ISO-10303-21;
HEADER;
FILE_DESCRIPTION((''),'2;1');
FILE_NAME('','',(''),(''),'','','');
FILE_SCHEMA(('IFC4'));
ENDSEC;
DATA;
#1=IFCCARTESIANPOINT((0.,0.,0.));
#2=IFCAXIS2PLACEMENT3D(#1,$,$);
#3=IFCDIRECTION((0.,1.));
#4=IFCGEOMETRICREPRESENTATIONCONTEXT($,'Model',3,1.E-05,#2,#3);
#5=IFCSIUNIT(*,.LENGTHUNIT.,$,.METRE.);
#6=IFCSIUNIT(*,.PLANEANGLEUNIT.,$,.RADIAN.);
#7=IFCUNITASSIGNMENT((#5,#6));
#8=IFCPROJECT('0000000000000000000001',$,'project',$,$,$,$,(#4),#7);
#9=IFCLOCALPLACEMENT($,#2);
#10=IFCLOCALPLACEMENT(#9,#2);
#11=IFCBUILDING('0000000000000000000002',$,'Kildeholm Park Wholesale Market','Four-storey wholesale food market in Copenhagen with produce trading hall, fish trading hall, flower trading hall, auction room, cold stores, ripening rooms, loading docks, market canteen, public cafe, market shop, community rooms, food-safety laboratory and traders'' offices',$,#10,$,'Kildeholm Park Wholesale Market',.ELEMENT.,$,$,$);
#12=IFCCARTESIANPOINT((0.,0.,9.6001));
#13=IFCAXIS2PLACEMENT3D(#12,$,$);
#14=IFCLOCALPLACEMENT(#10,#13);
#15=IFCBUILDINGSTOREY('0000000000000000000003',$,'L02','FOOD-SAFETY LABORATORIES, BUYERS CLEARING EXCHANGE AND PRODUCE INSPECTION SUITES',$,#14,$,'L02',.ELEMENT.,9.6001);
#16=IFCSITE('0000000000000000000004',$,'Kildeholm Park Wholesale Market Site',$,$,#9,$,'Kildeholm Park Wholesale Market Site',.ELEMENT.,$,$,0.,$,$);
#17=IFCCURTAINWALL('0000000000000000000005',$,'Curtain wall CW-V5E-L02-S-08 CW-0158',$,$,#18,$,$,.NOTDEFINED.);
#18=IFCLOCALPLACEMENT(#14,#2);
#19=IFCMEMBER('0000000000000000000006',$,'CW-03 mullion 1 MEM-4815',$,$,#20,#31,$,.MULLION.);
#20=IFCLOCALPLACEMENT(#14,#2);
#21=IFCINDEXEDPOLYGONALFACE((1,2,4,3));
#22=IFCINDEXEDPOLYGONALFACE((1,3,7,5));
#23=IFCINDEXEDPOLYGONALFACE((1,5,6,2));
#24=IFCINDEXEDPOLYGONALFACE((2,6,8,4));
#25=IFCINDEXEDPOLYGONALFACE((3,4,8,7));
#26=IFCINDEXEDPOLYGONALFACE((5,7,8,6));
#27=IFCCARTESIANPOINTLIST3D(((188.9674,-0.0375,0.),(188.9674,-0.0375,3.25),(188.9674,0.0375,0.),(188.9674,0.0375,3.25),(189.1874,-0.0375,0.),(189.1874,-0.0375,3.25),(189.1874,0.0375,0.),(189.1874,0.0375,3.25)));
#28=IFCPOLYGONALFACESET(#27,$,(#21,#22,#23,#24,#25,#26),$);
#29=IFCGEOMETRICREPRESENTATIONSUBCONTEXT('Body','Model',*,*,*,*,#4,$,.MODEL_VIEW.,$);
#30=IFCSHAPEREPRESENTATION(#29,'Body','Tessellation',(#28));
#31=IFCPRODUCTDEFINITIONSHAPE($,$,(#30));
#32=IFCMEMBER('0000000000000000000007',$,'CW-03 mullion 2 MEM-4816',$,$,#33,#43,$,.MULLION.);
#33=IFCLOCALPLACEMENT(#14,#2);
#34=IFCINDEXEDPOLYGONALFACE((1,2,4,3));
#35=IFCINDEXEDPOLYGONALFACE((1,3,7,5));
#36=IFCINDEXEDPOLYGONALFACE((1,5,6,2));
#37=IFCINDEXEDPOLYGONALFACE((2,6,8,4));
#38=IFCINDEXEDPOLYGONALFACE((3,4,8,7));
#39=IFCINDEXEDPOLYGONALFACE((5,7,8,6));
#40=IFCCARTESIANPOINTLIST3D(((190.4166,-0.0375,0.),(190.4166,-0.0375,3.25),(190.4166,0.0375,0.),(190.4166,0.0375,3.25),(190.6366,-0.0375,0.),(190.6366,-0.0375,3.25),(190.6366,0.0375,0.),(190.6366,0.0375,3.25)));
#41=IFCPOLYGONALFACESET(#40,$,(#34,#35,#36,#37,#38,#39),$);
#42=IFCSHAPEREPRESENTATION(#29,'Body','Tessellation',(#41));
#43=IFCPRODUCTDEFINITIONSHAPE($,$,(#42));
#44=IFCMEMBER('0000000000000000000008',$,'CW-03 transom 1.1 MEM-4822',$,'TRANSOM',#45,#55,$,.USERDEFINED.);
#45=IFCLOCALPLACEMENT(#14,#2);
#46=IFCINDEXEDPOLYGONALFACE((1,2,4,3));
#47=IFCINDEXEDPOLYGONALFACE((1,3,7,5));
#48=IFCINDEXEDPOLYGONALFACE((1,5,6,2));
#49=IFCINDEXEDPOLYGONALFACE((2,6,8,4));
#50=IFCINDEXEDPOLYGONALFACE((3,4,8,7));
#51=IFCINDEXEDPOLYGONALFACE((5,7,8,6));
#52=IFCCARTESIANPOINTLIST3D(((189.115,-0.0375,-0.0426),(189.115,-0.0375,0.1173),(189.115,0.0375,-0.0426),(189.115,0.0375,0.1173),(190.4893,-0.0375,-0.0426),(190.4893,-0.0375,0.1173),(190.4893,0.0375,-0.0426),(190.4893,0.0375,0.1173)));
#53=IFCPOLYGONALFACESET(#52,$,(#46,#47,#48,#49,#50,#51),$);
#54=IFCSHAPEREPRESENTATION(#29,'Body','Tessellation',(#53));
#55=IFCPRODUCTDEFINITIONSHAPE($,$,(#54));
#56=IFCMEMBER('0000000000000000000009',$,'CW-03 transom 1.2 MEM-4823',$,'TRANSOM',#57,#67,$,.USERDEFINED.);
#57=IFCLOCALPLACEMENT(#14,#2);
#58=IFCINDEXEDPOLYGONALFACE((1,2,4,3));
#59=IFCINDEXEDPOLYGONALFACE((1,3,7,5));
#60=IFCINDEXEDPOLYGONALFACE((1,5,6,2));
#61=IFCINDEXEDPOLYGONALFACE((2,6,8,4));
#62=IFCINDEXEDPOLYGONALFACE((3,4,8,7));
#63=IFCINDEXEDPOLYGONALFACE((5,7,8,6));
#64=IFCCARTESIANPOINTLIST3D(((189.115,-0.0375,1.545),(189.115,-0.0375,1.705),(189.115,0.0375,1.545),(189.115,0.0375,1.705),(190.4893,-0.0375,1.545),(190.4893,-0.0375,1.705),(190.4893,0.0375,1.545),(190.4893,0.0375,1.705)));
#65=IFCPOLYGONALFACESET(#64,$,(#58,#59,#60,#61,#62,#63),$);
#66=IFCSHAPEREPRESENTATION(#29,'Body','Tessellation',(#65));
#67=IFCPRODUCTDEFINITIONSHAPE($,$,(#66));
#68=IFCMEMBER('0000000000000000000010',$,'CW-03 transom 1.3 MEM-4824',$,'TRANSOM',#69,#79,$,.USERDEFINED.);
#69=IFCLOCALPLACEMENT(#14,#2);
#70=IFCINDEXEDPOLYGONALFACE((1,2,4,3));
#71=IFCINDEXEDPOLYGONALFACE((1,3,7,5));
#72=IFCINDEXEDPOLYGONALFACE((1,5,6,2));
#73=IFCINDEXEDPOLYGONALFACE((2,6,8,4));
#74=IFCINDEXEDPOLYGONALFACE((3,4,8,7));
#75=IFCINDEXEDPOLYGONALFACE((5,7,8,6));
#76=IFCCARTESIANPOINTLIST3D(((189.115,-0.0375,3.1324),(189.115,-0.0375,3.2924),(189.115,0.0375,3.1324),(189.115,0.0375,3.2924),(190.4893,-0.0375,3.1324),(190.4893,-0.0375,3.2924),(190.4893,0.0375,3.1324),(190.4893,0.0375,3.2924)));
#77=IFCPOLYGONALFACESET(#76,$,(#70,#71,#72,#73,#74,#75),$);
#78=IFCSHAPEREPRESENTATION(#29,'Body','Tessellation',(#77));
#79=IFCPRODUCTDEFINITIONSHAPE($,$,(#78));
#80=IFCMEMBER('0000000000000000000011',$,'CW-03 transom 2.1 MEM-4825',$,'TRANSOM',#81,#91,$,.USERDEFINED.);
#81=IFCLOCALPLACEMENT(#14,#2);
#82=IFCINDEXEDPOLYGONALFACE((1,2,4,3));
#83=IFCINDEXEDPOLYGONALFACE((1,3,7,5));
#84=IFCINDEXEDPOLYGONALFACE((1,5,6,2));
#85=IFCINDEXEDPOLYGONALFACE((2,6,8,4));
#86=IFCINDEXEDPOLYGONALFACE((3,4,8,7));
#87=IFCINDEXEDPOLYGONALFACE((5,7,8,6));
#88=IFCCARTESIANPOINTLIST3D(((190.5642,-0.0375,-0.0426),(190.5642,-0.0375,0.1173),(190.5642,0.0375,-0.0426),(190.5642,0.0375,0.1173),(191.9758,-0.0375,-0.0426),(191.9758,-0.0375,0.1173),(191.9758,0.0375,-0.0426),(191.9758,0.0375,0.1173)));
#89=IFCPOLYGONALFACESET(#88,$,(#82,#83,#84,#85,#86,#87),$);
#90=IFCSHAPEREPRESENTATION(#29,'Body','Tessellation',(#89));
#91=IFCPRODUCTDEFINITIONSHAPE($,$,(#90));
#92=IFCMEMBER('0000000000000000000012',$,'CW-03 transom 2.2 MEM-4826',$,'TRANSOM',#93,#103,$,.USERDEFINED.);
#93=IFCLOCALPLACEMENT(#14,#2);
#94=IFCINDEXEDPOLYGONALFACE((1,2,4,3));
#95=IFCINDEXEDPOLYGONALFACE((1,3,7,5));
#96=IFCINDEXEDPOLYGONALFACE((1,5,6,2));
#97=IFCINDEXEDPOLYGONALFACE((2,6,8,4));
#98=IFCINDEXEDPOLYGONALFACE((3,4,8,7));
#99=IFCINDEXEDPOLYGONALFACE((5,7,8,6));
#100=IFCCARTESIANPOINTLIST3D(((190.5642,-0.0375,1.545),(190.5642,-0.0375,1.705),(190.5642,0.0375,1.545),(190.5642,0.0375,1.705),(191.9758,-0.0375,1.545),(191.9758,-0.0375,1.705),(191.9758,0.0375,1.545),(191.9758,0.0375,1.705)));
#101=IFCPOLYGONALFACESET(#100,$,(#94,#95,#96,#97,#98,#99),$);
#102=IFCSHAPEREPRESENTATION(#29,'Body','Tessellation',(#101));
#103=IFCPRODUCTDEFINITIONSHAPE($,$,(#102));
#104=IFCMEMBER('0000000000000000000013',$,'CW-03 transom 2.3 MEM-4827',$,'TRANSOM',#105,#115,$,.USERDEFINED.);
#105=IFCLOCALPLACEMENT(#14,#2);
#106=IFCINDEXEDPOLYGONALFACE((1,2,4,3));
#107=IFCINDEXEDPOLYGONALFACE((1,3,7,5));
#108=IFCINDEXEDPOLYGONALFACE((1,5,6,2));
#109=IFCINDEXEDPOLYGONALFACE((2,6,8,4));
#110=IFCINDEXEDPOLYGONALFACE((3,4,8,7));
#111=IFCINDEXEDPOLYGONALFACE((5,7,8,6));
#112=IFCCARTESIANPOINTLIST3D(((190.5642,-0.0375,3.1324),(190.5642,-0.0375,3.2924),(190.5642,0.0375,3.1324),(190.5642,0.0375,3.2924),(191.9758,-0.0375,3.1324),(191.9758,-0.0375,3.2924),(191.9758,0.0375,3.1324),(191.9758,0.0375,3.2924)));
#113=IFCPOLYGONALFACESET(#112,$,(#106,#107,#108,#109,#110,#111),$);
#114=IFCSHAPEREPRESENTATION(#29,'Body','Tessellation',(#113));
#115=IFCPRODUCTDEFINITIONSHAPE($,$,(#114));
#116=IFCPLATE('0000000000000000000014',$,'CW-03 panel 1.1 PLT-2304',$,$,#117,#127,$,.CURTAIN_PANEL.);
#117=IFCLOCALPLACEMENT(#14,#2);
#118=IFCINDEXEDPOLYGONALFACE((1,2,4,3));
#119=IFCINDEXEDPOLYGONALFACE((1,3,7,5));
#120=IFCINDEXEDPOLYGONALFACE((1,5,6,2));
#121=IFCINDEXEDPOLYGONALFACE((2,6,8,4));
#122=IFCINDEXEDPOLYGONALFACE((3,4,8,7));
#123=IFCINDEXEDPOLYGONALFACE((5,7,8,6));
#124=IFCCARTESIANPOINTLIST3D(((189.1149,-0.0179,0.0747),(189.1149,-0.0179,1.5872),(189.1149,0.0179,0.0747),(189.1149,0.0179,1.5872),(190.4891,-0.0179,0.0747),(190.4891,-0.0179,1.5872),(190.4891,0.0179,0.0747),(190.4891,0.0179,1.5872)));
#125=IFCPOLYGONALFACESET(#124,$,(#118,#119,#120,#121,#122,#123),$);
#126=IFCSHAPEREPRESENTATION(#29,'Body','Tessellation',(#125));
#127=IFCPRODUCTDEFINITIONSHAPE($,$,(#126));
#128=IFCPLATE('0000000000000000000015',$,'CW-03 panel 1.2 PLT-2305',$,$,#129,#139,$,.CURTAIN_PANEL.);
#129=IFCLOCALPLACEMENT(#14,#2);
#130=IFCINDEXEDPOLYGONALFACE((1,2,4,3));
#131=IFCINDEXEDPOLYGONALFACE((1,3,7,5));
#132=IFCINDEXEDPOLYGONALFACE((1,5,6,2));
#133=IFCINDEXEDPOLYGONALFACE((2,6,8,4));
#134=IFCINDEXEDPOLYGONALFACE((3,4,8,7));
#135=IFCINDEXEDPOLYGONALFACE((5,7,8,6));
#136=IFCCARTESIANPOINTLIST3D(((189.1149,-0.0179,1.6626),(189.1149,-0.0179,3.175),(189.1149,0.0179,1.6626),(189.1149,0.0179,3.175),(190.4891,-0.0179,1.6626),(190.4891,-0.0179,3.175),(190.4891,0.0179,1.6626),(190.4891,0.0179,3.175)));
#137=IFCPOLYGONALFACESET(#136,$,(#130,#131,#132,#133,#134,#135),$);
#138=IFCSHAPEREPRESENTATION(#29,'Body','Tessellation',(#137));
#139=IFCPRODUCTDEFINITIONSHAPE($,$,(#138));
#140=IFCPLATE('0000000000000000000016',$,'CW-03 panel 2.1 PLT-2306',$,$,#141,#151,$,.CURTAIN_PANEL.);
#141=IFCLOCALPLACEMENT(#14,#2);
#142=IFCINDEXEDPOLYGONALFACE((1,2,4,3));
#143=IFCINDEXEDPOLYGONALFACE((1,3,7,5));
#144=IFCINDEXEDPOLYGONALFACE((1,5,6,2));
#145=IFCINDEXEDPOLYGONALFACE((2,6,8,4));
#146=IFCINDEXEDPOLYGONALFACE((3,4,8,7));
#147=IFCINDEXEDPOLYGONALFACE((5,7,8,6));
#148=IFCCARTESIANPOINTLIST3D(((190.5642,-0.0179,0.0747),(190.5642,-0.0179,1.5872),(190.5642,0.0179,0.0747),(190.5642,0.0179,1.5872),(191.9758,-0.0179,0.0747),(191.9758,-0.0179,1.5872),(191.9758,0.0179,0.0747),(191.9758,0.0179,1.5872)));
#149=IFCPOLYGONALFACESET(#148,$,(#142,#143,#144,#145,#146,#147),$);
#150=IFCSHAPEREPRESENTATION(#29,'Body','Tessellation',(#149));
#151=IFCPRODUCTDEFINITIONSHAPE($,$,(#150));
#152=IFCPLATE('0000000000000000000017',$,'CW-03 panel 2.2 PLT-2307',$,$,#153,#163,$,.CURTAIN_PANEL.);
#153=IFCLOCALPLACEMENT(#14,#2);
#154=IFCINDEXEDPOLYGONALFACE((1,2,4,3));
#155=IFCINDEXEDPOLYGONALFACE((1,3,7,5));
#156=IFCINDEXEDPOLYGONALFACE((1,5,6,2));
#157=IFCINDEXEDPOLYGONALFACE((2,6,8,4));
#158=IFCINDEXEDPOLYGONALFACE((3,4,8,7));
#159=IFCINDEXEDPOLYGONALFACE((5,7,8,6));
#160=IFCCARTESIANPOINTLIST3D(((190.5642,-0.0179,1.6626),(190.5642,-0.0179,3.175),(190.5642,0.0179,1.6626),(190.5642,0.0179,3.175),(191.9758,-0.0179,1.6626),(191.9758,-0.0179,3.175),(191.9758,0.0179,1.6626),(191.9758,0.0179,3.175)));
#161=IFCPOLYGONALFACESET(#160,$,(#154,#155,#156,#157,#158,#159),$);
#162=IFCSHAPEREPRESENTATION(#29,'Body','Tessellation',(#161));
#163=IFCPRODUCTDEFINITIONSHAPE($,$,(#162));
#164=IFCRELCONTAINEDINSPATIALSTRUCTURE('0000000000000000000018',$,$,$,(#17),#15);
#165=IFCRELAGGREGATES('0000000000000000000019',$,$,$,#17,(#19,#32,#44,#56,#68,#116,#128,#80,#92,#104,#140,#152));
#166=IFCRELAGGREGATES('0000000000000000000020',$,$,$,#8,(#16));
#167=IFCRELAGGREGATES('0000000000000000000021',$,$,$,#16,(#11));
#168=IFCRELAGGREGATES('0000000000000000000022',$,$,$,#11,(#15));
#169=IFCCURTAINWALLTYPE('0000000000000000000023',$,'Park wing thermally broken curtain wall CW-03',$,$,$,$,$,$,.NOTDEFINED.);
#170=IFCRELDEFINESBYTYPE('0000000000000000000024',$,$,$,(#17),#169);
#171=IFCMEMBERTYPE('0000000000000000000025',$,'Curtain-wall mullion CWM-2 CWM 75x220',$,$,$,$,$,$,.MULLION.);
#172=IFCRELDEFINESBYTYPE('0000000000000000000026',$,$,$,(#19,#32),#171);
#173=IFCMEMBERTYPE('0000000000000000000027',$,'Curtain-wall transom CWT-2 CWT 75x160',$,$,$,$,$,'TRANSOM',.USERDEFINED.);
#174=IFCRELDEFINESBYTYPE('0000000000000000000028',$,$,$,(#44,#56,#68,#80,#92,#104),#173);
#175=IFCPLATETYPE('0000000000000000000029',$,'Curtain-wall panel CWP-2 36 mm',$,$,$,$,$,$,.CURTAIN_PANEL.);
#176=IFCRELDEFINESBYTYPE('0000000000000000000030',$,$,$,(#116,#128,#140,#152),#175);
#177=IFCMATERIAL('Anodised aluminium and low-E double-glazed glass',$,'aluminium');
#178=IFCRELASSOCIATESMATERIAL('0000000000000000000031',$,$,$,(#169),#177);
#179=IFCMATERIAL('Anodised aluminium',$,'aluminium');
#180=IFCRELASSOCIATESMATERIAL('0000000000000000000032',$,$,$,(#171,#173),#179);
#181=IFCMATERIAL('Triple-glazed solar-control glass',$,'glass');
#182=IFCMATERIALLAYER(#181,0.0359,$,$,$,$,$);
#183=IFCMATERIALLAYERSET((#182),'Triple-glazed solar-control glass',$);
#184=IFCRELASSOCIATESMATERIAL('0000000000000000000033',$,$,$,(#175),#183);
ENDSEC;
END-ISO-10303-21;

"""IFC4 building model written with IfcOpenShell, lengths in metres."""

from ifc_helpers import new_model, si_unit, direction, frame, origin, origin_2d, place, context, subcontext, project, spatial, rectangle, extrude, material, layer, layer_set, material_profile, profile_set, type_object, element, aggregate, save


model = new_model("IFC4")

# Units and contexts
model_context = context("Model", 3, precision=1e-05, world=origin(), true_north=direction((0.0, 1.0)))
body_context = subcontext(model_context, "Body", "Model", "MODEL_VIEW")
ifc_project = project(units=[si_unit("LENGTHUNIT", "METRE"), si_unit("PLANEANGLEUNIT", "RADIAN")], contexts=[model_context])

# Site, building, storey
site_placement = place(None, origin())
site = spatial("IfcSite", under=ifc_project, at=site_placement, Name="Kildeholm Park Wholesale Market Site", LongName="Kildeholm Park Wholesale Market Site", CompositionType="ELEMENT", RefElevation=0.0)
building_placement = place(site_placement, origin())
building = spatial("IfcBuilding", under=site, at=building_placement, Name="Kildeholm Park Wholesale Market", Description="Four-storey wholesale food market in Copenhagen with produce trading hall, fish trading hall, flower trading hall, auction room, cold stores, ripening rooms, loading docks, market canteen, public cafe, market shop, community rooms, food-safety laboratory and traders' offices", LongName="Kildeholm Park Wholesale Market", CompositionType="ELEMENT")
storey_placement = place(building_placement, frame((0.0, 0.0, 9.6001)))
storey = spatial("IfcBuildingStorey", under=building, at=storey_placement, Name="L02", Description="FOOD-SAFETY LABORATORIES, BUYERS CLEARING EXCHANGE AND PRODUCE INSPECTION SUITES", LongName="L02", CompositionType="ELEMENT", Elevation=9.6001)

# Curtain wall, members, plates
ifc_material_1 = material(Name="Anodised aluminium and low-E double-glazed glass", Category="aluminium")
curtain_wall_type = type_object("IfcCurtainWallType", Name="Park wing thermally broken curtain wall CW-03", PredefinedType="NOTDEFINED", material=ifc_material_1)
curtain_wall_placement = place(storey_placement, origin())
curtain_wall = element("IfcCurtainWall", 1, at=curtain_wall_placement, inside=storey, type_object=curtain_wall_type, Name="Curtain wall CW-V5E-L02-S-08 CW-0158", PredefinedType="NOTDEFINED")
ifc_material_2 = material(Name="Anodised aluminium", Category="aluminium")
ifc_material_profile_1 = material_profile(ifc_material_2, rectangle(XDim=0.075, YDim=0.22, at=origin_2d()), Name="CWM 75x220")
ifc_profile_set_1 = profile_set([ifc_material_profile_1], Name="Anodised aluminium")
member_type_1 = type_object("IfcMemberType", Name="Curtain-wall mullion CWM-2 CWM 75x220", PredefinedType="MULLION", material=ifc_profile_set_1)
member_1_placement = place(storey_placement, frame((189.0774, 0.0, 0.0), z_axis=(0.0, 0.0, 1.0), x_axis=(0.0, 1.0, 0.0)))
member_1 = element("IfcMember", 2, at=member_1_placement, type_object=member_type_1, Name="CW-03 mullion 1 MEM-4815", PredefinedType="MULLION", context=body_context, shape_type="SweptSolid", body=[
    extrude(rectangle(XDim=0.075, YDim=0.22, at=origin_2d()), origin(), (0.0, 0.0, 1.0), 3.25),
])
member_2_placement = place(storey_placement, frame((190.5266, 0.0, 0.0), z_axis=(0.0, 0.0, 1.0), x_axis=(0.0, 1.0, 0.0)))
member_2 = element("IfcMember", 3, at=member_2_placement, type_object=member_type_1, Name="CW-03 mullion 2 MEM-4816", PredefinedType="MULLION", context=body_context, shape_type="SweptSolid", body=[
    extrude(rectangle(XDim=0.075, YDim=0.22, at=origin_2d()), origin(), (0.0, 0.0, 1.0), 3.25),
])
ifc_material_profile_2 = material_profile(ifc_material_2, rectangle(XDim=0.075, YDim=0.1599, at=origin_2d()), Name="CWT 75x160")
ifc_profile_set_2 = profile_set([ifc_material_profile_2], Name="Anodised aluminium")
member_type_2 = type_object("IfcMemberType", Name="Curtain-wall transom CWT-2 CWT 75x160", ElementType="TRANSOM", PredefinedType="USERDEFINED", material=ifc_profile_set_2)
member_3_placement = place(storey_placement, frame((189.115, 0.0, 0.0374), z_axis=(1.0, 0.0, 0.0), x_axis=(0.0, 1.0, 0.0)))
member_3 = element("IfcMember", 4, at=member_3_placement, type_object=member_type_2, Name="CW-03 transom 1.1 MEM-4822", ObjectType="TRANSOM", PredefinedType="USERDEFINED", context=body_context, shape_type="SweptSolid", body=[
    extrude(rectangle(XDim=0.075, YDim=0.1599, at=origin_2d()), origin(), (0.0, 0.0, 1.0), 1.3743),
])
member_4_placement = place(storey_placement, frame((189.115, 0.0, 1.625), z_axis=(1.0, 0.0, 0.0), x_axis=(0.0, 1.0, 0.0)))
member_4 = element("IfcMember", 5, at=member_4_placement, type_object=member_type_2, Name="CW-03 transom 1.2 MEM-4823", ObjectType="TRANSOM", PredefinedType="USERDEFINED", context=body_context, shape_type="SweptSolid", body=[
    extrude(rectangle(XDim=0.075, YDim=0.1599, at=origin_2d()), origin(), (0.0, 0.0, 1.0), 1.3743),
])
member_5_placement = place(storey_placement, frame((189.115, 0.0, 3.2124), z_axis=(1.0, 0.0, 0.0), x_axis=(0.0, 1.0, 0.0)))
member_5 = element("IfcMember", 6, at=member_5_placement, type_object=member_type_2, Name="CW-03 transom 1.3 MEM-4824", ObjectType="TRANSOM", PredefinedType="USERDEFINED", context=body_context, shape_type="SweptSolid", body=[
    extrude(rectangle(XDim=0.075, YDim=0.1599, at=origin_2d()), origin(), (0.0, 0.0, 1.0), 1.3743),
])
member_6_placement = place(storey_placement, frame((190.5642, 0.0, 0.0374), z_axis=(1.0, 0.0, 0.0), x_axis=(0.0, 1.0, 0.0)))
member_6 = element("IfcMember", 7, at=member_6_placement, type_object=member_type_2, Name="CW-03 transom 2.1 MEM-4825", ObjectType="TRANSOM", PredefinedType="USERDEFINED", context=body_context, shape_type="SweptSolid", body=[
    extrude(rectangle(XDim=0.075, YDim=0.1599, at=origin_2d()), origin(), (0.0, 0.0, 1.0), 1.4116),
])
member_7_placement = place(storey_placement, frame((190.5642, 0.0, 1.625), z_axis=(1.0, 0.0, 0.0), x_axis=(0.0, 1.0, 0.0)))
member_7 = element("IfcMember", 8, at=member_7_placement, type_object=member_type_2, Name="CW-03 transom 2.2 MEM-4826", ObjectType="TRANSOM", PredefinedType="USERDEFINED", context=body_context, shape_type="SweptSolid", body=[
    extrude(rectangle(XDim=0.075, YDim=0.1599, at=origin_2d()), origin(), (0.0, 0.0, 1.0), 1.4116),
])
member_8_placement = place(storey_placement, frame((190.5642, 0.0, 3.2124), z_axis=(1.0, 0.0, 0.0), x_axis=(0.0, 1.0, 0.0)))
member_8 = element("IfcMember", 9, at=member_8_placement, type_object=member_type_2, Name="CW-03 transom 2.3 MEM-4827", ObjectType="TRANSOM", PredefinedType="USERDEFINED", context=body_context, shape_type="SweptSolid", body=[
    extrude(rectangle(XDim=0.075, YDim=0.1599, at=origin_2d()), origin(), (0.0, 0.0, 1.0), 1.4116),
])
ifc_material_3 = material(Name="Triple-glazed solar-control glass", Category="glass")
ifc_layer_1 = layer(ifc_material_3, 0.0359)
ifc_layer_set_1 = layer_set([ifc_layer_1], Name="Triple-glazed solar-control glass")
plate_type = type_object("IfcPlateType", Name="Curtain-wall panel CWP-2 36 mm", PredefinedType="CURTAIN_PANEL", material=ifc_layer_set_1)
plate_1_placement = place(storey_placement, frame((189.802, 0.0, 0.0747), z_axis=(0.0, 0.0, 1.0), x_axis=(1.0, 0.0, 0.0)))
plate_1 = element("IfcPlate", 10, at=plate_1_placement, type_object=plate_type, Name="CW-03 panel 1.1 PLT-2304", PredefinedType="CURTAIN_PANEL", context=body_context, shape_type="SweptSolid", body=[
    extrude(rectangle(XDim=1.3743, YDim=0.0359, at=origin_2d()), origin(), (0.0, 0.0, 1.0), 1.5125),
])
plate_2_placement = place(storey_placement, frame((189.802, 0.0, 1.6626), z_axis=(0.0, 0.0, 1.0), x_axis=(1.0, 0.0, 0.0)))
plate_2 = element("IfcPlate", 11, at=plate_2_placement, type_object=plate_type, Name="CW-03 panel 1.2 PLT-2305", PredefinedType="CURTAIN_PANEL", context=body_context, shape_type="SweptSolid", body=[
    extrude(rectangle(XDim=1.3743, YDim=0.0359, at=origin_2d()), origin(), (0.0, 0.0, 1.0), 1.5125),
])
plate_3_placement = place(storey_placement, frame((191.27, 0.0, 0.0747), z_axis=(0.0, 0.0, 1.0), x_axis=(1.0, 0.0, 0.0)))
plate_3 = element("IfcPlate", 12, at=plate_3_placement, type_object=plate_type, Name="CW-03 panel 2.1 PLT-2306", PredefinedType="CURTAIN_PANEL", context=body_context, shape_type="SweptSolid", body=[
    extrude(rectangle(XDim=1.4116, YDim=0.0359, at=origin_2d()), origin(), (0.0, 0.0, 1.0), 1.5125),
])
plate_4_placement = place(storey_placement, frame((191.27, 0.0, 1.6626), z_axis=(0.0, 0.0, 1.0), x_axis=(1.0, 0.0, 0.0)))
plate_4 = element("IfcPlate", 13, at=plate_4_placement, type_object=plate_type, Name="CW-03 panel 2.2 PLT-2307", PredefinedType="CURTAIN_PANEL", context=body_context, shape_type="SweptSolid", body=[
    extrude(rectangle(XDim=1.4116, YDim=0.0359, at=origin_2d()), origin(), (0.0, 0.0, 1.0), 1.5125),
])
aggregate(curtain_wall, [member_1, member_2, member_3, member_4, member_5, plate_1, plate_2, member_6, member_7, member_8, plate_3, plate_4])

save(model, "model.ifc")
